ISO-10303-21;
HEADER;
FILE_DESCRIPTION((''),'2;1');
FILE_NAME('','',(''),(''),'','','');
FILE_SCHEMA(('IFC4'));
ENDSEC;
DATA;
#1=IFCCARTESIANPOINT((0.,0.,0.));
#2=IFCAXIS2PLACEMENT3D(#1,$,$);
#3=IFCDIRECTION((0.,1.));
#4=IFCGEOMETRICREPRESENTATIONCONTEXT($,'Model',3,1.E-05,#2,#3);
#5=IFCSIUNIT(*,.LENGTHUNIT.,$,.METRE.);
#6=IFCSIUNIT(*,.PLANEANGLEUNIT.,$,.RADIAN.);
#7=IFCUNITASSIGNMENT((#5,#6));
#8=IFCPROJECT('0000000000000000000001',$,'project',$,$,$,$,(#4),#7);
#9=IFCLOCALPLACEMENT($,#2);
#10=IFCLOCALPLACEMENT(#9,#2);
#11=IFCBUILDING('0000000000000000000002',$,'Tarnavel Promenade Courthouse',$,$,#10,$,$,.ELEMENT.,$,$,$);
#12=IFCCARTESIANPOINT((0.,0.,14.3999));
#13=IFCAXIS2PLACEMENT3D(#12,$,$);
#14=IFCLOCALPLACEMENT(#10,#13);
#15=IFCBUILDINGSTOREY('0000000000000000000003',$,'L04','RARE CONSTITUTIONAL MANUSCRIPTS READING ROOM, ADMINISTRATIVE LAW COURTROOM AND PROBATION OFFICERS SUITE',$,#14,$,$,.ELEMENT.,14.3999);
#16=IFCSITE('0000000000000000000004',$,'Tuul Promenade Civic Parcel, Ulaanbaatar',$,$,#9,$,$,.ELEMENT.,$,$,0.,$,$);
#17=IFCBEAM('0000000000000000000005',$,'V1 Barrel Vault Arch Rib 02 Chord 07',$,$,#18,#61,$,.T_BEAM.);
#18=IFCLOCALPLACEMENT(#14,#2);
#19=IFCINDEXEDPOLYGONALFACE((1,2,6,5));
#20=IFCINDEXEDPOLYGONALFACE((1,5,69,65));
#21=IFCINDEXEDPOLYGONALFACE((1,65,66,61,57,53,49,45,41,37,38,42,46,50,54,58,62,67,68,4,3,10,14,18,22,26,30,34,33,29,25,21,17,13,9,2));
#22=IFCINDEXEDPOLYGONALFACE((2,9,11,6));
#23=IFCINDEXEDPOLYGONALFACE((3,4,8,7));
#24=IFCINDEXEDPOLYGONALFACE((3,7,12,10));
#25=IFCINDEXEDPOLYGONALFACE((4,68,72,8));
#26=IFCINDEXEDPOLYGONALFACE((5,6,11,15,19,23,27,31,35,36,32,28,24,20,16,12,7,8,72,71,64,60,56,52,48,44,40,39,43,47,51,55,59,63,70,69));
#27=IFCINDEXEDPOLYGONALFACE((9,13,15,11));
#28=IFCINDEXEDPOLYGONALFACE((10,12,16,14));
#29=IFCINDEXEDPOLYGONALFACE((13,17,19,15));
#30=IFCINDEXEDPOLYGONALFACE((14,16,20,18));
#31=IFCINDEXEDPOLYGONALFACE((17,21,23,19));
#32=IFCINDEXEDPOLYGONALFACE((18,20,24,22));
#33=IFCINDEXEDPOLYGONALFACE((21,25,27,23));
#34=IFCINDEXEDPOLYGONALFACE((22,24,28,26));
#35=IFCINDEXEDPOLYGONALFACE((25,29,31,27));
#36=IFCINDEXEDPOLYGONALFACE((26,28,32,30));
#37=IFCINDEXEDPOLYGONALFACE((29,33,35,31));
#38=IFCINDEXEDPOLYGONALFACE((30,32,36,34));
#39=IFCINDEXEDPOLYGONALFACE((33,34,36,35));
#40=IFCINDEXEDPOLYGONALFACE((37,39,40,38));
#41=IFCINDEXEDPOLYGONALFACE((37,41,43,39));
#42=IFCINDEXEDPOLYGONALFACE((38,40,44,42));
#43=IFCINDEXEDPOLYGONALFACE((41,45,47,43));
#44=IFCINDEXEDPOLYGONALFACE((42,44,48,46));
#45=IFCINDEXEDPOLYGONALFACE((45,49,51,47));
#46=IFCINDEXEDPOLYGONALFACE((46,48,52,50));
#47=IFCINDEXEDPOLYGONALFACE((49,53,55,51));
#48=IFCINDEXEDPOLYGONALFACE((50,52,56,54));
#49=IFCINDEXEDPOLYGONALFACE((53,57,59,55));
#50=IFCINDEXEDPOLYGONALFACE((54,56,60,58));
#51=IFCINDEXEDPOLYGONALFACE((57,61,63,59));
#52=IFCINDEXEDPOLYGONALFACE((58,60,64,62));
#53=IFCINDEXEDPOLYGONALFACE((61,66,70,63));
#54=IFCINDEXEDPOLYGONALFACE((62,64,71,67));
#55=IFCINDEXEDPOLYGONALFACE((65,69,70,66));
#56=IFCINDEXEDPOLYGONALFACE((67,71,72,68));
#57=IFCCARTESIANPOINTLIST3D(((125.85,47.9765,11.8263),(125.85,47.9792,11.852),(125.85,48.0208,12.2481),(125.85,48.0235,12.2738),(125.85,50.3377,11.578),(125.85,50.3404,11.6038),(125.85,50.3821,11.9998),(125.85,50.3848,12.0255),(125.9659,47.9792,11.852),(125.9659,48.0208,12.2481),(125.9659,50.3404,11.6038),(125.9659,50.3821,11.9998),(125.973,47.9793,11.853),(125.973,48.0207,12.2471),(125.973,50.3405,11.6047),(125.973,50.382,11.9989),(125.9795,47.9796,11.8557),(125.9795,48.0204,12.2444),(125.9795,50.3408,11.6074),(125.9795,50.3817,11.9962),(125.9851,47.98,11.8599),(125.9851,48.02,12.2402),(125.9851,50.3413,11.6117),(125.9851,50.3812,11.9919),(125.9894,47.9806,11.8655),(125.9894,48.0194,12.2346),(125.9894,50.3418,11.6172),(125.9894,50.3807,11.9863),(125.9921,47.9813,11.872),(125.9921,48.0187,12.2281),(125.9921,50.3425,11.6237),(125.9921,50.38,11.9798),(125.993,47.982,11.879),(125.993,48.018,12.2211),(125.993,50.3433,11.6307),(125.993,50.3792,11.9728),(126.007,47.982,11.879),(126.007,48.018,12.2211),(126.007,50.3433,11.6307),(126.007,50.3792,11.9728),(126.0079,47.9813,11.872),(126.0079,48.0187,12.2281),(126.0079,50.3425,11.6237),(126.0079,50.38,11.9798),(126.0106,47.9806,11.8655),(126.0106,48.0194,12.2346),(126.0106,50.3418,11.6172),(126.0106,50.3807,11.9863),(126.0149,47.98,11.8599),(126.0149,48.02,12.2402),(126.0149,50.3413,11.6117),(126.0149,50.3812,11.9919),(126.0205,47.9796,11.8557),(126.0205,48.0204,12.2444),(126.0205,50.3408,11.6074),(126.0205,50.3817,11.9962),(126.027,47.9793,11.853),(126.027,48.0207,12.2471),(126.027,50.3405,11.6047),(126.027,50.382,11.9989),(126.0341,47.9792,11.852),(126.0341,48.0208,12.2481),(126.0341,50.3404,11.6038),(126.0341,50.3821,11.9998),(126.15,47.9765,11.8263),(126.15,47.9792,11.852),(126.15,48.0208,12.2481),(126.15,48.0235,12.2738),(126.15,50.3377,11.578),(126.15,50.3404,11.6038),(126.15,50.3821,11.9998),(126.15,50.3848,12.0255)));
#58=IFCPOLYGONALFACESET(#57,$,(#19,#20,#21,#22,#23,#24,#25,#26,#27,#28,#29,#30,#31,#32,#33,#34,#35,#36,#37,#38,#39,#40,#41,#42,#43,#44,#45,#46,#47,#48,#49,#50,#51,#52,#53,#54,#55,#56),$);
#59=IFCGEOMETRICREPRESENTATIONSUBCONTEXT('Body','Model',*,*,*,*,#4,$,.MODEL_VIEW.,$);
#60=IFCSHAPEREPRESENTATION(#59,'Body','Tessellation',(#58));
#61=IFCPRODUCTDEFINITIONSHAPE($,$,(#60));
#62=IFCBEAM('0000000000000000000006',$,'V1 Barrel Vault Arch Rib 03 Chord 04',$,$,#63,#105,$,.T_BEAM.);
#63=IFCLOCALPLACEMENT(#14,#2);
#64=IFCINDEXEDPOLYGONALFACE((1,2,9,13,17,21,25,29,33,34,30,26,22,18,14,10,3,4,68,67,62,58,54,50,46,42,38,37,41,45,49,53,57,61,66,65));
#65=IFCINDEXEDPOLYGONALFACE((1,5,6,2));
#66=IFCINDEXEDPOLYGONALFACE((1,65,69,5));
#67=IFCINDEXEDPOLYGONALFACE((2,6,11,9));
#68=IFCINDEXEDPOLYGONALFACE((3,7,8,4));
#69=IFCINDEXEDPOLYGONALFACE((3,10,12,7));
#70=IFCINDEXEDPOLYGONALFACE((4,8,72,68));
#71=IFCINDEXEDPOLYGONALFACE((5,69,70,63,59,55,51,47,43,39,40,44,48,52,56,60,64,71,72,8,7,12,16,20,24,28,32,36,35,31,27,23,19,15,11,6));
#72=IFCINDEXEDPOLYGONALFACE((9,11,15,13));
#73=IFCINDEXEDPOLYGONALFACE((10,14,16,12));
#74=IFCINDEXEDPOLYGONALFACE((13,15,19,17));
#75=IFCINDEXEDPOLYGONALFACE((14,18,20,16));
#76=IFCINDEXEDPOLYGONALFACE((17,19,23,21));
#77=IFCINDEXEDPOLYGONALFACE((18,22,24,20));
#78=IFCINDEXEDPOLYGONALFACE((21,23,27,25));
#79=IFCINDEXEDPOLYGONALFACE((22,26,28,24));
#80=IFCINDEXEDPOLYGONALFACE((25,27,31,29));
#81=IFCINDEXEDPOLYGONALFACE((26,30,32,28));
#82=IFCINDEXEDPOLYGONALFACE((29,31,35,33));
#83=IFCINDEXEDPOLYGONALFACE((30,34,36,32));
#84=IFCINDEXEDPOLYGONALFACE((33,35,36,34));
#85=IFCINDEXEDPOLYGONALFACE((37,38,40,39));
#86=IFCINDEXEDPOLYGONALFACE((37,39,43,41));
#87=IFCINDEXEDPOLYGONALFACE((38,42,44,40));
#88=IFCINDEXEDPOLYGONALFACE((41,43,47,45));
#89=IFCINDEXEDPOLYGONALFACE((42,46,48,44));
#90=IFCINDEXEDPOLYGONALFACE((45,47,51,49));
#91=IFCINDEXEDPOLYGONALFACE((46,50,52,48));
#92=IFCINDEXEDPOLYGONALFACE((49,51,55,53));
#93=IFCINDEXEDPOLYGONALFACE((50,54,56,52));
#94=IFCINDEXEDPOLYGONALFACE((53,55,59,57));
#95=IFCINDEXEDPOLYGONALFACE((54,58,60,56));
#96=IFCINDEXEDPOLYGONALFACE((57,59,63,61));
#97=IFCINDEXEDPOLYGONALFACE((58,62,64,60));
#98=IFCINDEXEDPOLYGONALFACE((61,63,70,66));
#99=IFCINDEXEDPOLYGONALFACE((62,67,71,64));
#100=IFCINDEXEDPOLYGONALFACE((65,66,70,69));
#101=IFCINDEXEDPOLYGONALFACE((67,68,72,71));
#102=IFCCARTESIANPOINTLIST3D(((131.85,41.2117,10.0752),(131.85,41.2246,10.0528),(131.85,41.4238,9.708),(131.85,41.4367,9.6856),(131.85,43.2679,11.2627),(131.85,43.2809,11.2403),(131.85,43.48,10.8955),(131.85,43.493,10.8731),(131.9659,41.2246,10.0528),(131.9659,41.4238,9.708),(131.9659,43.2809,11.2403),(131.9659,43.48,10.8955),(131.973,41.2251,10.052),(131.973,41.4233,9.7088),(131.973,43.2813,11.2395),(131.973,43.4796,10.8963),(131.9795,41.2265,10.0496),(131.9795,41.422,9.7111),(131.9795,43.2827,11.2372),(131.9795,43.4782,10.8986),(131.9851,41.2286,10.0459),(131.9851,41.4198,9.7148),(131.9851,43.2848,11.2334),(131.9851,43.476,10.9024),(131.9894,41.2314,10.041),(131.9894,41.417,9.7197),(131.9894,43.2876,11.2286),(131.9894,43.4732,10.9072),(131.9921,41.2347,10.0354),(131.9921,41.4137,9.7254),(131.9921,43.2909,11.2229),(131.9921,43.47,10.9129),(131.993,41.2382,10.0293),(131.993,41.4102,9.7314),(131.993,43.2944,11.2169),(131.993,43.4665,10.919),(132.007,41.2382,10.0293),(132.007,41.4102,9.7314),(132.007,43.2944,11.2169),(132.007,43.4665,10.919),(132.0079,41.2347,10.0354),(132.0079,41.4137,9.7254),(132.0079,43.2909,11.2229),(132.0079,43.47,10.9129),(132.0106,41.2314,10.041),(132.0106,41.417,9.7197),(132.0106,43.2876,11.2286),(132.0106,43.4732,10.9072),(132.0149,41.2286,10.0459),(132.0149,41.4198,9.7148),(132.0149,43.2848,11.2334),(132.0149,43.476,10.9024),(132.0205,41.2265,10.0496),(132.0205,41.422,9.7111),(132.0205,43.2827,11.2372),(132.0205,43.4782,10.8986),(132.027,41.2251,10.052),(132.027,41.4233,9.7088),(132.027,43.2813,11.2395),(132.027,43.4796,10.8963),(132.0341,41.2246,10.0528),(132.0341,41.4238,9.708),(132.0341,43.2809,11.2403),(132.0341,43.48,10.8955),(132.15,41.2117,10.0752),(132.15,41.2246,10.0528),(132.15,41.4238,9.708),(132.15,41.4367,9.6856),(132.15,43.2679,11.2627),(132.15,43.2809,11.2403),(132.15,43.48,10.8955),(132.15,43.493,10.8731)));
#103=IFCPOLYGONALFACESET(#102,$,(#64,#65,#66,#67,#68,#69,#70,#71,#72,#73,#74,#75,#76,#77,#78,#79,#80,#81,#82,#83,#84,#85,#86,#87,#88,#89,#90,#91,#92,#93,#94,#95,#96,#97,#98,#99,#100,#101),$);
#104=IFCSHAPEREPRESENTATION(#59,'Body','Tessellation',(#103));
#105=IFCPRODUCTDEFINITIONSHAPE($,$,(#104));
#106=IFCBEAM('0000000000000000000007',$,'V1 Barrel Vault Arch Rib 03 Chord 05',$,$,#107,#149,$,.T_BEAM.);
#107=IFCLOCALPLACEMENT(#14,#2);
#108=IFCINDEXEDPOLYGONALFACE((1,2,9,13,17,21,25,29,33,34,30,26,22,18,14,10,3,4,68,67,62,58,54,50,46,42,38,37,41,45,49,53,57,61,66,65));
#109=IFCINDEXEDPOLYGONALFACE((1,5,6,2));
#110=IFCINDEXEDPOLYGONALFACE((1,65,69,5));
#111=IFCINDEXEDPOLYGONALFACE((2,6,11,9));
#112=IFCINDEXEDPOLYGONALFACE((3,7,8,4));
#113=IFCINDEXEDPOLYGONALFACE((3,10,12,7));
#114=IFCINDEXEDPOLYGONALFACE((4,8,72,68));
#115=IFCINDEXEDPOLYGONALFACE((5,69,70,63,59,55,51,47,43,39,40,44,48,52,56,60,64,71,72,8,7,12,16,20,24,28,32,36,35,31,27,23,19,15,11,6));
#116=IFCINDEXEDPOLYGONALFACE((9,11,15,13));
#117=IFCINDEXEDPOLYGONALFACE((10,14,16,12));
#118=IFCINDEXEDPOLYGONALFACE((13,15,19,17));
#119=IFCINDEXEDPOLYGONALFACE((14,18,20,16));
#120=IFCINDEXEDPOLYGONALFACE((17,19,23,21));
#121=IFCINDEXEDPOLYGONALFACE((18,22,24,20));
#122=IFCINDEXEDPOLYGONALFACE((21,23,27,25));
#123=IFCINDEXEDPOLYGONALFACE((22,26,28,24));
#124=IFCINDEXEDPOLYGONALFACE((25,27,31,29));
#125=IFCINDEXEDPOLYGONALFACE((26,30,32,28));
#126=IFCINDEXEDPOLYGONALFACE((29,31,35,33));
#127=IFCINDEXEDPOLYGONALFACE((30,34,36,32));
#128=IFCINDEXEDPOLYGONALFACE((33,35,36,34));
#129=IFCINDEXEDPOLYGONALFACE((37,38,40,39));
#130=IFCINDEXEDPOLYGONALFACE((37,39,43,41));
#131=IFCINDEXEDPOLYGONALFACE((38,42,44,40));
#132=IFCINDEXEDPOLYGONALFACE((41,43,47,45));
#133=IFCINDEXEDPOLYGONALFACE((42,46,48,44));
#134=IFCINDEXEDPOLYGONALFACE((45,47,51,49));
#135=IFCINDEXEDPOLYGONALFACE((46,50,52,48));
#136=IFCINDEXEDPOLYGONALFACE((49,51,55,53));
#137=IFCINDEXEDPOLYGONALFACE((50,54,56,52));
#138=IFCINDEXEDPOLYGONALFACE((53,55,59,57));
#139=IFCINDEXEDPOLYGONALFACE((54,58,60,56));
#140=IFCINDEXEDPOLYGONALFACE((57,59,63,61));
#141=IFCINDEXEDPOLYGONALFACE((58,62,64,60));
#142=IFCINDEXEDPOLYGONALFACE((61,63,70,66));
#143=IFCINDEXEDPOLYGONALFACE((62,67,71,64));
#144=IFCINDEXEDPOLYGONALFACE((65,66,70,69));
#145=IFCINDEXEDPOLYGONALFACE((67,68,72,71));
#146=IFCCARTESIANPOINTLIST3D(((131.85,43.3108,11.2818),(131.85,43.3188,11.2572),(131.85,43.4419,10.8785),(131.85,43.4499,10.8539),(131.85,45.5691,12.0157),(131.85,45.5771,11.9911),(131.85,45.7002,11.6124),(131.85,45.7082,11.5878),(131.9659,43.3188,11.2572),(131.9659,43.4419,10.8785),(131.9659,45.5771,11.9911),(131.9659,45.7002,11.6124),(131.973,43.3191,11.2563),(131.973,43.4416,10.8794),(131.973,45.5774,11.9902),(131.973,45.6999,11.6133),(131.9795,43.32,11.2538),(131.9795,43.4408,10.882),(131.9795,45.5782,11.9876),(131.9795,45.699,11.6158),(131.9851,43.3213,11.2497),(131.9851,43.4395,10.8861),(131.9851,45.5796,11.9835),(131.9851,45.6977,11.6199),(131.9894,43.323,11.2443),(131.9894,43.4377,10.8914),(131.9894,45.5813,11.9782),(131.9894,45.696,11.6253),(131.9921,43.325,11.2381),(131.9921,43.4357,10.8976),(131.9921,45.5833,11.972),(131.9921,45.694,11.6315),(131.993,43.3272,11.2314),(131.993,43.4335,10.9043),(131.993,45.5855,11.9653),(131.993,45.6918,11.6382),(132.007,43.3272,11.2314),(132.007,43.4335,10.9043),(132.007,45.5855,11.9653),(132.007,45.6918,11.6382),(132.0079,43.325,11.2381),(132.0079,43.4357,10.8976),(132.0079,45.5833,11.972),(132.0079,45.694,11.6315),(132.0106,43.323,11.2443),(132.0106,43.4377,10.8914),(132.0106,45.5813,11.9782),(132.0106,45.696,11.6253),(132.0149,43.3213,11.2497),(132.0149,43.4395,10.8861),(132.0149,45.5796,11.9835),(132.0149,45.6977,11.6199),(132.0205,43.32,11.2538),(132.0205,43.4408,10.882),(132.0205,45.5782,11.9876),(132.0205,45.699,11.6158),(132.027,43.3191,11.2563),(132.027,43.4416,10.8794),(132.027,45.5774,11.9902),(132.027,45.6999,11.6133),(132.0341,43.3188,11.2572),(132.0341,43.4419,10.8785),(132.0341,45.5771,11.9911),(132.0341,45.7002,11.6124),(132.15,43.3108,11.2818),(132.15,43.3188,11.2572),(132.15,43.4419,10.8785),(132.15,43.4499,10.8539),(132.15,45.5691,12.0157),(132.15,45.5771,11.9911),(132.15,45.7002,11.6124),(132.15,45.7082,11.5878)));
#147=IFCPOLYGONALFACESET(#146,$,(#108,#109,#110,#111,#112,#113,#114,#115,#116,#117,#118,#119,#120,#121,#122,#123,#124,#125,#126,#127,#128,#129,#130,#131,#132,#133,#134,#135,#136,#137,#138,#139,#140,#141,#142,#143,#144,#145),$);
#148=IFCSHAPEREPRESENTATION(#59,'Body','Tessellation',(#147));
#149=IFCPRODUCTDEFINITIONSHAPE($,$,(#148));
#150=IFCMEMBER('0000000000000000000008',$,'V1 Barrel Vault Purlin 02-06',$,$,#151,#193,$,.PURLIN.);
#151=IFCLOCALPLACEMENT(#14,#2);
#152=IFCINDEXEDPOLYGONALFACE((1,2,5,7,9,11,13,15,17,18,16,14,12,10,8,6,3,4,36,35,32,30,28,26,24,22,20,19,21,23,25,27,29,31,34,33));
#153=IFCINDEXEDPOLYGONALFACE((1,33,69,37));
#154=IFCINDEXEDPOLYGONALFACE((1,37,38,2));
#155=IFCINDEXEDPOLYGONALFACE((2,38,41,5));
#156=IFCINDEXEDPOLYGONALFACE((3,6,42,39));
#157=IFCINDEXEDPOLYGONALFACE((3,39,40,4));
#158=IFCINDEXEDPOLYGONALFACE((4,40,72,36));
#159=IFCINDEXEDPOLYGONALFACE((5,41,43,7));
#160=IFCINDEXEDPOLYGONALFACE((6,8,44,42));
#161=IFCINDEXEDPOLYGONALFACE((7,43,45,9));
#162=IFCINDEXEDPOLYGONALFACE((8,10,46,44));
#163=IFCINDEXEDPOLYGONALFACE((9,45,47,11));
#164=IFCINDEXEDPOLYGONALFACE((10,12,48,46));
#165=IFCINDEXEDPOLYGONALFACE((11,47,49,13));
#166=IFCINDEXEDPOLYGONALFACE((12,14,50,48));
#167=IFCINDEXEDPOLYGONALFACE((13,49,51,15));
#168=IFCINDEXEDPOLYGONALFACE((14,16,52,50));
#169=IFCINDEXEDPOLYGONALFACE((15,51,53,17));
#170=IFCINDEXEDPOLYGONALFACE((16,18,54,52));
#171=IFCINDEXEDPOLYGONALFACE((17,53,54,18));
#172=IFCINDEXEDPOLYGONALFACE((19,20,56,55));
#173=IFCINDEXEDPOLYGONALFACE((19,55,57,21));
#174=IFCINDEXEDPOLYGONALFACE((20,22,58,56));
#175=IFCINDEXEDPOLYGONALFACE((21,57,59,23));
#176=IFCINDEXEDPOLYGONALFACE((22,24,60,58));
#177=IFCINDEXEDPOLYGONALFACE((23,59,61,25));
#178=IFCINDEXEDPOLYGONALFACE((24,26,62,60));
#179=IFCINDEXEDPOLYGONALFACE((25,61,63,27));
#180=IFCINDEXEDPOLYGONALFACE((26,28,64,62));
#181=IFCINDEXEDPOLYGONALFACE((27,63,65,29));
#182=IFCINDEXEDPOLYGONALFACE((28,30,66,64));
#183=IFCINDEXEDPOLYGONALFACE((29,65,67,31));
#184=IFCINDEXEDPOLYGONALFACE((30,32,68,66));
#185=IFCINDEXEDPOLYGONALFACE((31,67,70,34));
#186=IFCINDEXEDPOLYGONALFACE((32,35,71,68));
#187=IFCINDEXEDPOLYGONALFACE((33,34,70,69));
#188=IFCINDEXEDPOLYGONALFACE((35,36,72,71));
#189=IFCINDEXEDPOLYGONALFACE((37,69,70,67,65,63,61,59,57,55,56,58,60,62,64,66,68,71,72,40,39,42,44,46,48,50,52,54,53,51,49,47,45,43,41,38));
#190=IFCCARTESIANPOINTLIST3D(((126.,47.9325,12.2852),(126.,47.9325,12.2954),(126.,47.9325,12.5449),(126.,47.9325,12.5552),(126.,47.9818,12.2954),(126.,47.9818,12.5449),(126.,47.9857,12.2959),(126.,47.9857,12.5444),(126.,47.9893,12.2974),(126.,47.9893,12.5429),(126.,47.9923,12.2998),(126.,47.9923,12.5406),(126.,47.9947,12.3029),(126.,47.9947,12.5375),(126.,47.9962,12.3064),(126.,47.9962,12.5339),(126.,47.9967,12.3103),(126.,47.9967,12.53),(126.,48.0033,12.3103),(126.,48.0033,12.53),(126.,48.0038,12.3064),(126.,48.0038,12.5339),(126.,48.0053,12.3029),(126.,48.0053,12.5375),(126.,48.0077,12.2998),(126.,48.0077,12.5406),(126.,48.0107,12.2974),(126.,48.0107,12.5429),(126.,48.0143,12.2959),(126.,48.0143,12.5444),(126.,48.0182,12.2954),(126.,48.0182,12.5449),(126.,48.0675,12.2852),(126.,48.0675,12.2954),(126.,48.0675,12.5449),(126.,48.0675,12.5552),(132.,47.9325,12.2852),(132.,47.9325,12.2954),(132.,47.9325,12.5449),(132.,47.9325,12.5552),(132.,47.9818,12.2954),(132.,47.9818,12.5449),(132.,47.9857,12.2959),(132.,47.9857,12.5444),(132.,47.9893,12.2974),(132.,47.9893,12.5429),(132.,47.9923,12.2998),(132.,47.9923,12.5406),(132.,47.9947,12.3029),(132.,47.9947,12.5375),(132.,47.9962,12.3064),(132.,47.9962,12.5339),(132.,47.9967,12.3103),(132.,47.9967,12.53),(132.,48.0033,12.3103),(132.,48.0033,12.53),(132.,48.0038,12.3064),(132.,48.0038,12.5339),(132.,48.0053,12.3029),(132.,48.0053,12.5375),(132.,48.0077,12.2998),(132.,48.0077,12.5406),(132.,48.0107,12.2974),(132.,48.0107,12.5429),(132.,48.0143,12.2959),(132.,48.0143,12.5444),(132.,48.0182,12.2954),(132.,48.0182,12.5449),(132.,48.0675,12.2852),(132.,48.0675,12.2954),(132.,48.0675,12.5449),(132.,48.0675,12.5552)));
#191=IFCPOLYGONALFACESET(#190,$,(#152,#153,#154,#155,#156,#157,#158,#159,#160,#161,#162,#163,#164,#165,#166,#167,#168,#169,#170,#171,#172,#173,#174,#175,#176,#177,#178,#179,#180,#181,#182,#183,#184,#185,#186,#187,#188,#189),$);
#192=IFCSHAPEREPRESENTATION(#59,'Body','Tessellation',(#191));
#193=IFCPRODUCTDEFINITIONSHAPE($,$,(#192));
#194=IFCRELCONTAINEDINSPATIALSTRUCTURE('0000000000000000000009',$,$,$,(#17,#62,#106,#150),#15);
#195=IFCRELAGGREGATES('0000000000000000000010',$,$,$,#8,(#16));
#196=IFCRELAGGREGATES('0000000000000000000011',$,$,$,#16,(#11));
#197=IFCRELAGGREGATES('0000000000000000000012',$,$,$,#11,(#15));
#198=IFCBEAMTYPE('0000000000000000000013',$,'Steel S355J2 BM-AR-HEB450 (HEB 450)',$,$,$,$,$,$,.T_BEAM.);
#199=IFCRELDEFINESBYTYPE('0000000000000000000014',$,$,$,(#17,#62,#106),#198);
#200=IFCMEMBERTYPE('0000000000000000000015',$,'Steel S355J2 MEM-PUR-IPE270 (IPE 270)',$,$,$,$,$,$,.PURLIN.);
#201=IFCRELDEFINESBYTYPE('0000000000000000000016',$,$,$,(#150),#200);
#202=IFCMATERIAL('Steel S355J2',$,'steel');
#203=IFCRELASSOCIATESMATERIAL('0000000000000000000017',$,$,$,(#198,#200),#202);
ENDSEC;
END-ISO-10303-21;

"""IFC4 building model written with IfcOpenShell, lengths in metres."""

from ifc_helpers import new_model, si_unit, direction, frame, origin, origin_2d, place, context, subcontext, project, spatial, i_section, extrude, material, material_profile, profile_set, type_object, element, save


model = new_model("IFC4")

# Units and contexts
model_context = context("Model", 3, precision=1e-05, world=origin(), true_north=direction((0.0, 1.0)))
body_context = subcontext(model_context, "Body", "Model", "MODEL_VIEW")
ifc_project = project(units=[si_unit("LENGTHUNIT", "METRE"), si_unit("PLANEANGLEUNIT", "RADIAN")], contexts=[model_context])

# Site, building, storey
site_placement = place(None, origin())
site = spatial("IfcSite", under=ifc_project, at=site_placement, Name="Tuul Promenade Civic Parcel, Ulaanbaatar", CompositionType="ELEMENT", RefElevation=0.0)
building_placement = place(site_placement, origin())
building = spatial("IfcBuilding", under=site, at=building_placement, Name="Tarnavel Promenade Courthouse", CompositionType="ELEMENT")
storey_placement = place(building_placement, frame((0.0, 0.0, 14.3999)))
storey = spatial("IfcBuildingStorey", under=building, at=storey_placement, Name="L04", Description="RARE CONSTITUTIONAL MANUSCRIPTS READING ROOM, ADMINISTRATIVE LAW COURTROOM AND PROBATION OFFICERS SUITE", CompositionType="ELEMENT", Elevation=14.3999)

# Beams
ifc_material_1 = material(Name="Steel S355J2", Category="steel")
ifc_material_profile_1 = material_profile(ifc_material_1, i_section(OverallWidth=0.3, OverallDepth=0.45, WebThickness=0.0139, FlangeThickness=0.0259, FilletRadius=0.0271, at=origin_2d()), Name="HEB 450")
ifc_profile_set_1 = profile_set([ifc_material_profile_1], Name="Steel S355J2")
beam_type = type_object("IfcBeamType", Name="Steel S355J2 BM-AR-HEB450 (HEB 450)", PredefinedType="T_BEAM", material=ifc_profile_set_1)
beam_placement = place(storey_placement, frame((126.0, 48.0, 12.05), z_axis=(0.0, 0.994517, -0.104572), x_axis=(-1.0, 0.0, 0.0)))
element("IfcBeam", 1, at=beam_placement, inside=storey, type_object=beam_type, Name="V1 Barrel Vault Arch Rib 02 Chord 07", PredefinedType="T_BEAM", context=body_context, shape_type="SweptSolid", body=[
    extrude(i_section(OverallWidth=0.3, OverallDepth=0.45, WebThickness=0.0139, FlangeThickness=0.0259, FilletRadius=0.0271, at=origin_2d()), origin(), (0.0, 0.0, 1.0), 2.3743),
])
for number, where, z_axis, x_axis, name in (
    (2, (132.0, 41.3242, 9.8804), (0.0, 0.865956, 0.50012), (-1.0, 0.0, 0.0), "V1 Barrel Vault Arch Rib 03 Chord 04"),
    (3, (132.0, 43.3804, 11.0679), (0.0, 0.951042, 0.309063), (-1.0, 0.0, 0.0), "V1 Barrel Vault Arch Rib 03 Chord 05"),
):
    element("IfcBeam", number, at=place(storey_placement, frame(where, z_axis=z_axis, x_axis=x_axis)), inside=storey, type_object=beam_type, Name=name, PredefinedType="T_BEAM", context=body_context, shape_type="SweptSolid", body=[
        extrude(i_section(OverallWidth=0.3, OverallDepth=0.45, WebThickness=0.0139, FlangeThickness=0.0259, FilletRadius=0.0271, at=origin_2d()), origin(), (0.0, 0.0, 1.0), 2.3745),
    ])

# Member
ifc_material_profile_2 = material_profile(ifc_material_1, i_section(OverallWidth=0.135, OverallDepth=0.27, WebThickness=0.0066, FlangeThickness=0.0103, FilletRadius=0.0149, at=origin_2d()), Name="IPE 270")
ifc_profile_set_2 = profile_set([ifc_material_profile_2], Name="Steel S355J2")
member_type_1 = type_object("IfcMemberType", Name="Steel S355J2 MEM-PUR-IPE270 (IPE 270)", PredefinedType="PURLIN", material=ifc_profile_set_2)
for number, where, z_axis, x_axis, name in (
    (4, (126.0, 48.0, 12.4202), (1.0, 0.0, 0.0), (0.0, 1.0, 0.0), "V1 Barrel Vault Purlin 02-06"),
):
    element("IfcMember", number, at=place(storey_placement, frame(where, z_axis=z_axis, x_axis=x_axis)), inside=storey, type_object=member_type_1, Name=name, PredefinedType="PURLIN", context=body_context, shape_type="SweptSolid", body=[
        extrude(i_section(OverallWidth=0.135, OverallDepth=0.27, WebThickness=0.0066, FlangeThickness=0.0103, FilletRadius=0.0149, at=origin_2d()), origin(), (0.0, 0.0, 1.0), 6.0),
    ])

save(model, "model.ifc")
